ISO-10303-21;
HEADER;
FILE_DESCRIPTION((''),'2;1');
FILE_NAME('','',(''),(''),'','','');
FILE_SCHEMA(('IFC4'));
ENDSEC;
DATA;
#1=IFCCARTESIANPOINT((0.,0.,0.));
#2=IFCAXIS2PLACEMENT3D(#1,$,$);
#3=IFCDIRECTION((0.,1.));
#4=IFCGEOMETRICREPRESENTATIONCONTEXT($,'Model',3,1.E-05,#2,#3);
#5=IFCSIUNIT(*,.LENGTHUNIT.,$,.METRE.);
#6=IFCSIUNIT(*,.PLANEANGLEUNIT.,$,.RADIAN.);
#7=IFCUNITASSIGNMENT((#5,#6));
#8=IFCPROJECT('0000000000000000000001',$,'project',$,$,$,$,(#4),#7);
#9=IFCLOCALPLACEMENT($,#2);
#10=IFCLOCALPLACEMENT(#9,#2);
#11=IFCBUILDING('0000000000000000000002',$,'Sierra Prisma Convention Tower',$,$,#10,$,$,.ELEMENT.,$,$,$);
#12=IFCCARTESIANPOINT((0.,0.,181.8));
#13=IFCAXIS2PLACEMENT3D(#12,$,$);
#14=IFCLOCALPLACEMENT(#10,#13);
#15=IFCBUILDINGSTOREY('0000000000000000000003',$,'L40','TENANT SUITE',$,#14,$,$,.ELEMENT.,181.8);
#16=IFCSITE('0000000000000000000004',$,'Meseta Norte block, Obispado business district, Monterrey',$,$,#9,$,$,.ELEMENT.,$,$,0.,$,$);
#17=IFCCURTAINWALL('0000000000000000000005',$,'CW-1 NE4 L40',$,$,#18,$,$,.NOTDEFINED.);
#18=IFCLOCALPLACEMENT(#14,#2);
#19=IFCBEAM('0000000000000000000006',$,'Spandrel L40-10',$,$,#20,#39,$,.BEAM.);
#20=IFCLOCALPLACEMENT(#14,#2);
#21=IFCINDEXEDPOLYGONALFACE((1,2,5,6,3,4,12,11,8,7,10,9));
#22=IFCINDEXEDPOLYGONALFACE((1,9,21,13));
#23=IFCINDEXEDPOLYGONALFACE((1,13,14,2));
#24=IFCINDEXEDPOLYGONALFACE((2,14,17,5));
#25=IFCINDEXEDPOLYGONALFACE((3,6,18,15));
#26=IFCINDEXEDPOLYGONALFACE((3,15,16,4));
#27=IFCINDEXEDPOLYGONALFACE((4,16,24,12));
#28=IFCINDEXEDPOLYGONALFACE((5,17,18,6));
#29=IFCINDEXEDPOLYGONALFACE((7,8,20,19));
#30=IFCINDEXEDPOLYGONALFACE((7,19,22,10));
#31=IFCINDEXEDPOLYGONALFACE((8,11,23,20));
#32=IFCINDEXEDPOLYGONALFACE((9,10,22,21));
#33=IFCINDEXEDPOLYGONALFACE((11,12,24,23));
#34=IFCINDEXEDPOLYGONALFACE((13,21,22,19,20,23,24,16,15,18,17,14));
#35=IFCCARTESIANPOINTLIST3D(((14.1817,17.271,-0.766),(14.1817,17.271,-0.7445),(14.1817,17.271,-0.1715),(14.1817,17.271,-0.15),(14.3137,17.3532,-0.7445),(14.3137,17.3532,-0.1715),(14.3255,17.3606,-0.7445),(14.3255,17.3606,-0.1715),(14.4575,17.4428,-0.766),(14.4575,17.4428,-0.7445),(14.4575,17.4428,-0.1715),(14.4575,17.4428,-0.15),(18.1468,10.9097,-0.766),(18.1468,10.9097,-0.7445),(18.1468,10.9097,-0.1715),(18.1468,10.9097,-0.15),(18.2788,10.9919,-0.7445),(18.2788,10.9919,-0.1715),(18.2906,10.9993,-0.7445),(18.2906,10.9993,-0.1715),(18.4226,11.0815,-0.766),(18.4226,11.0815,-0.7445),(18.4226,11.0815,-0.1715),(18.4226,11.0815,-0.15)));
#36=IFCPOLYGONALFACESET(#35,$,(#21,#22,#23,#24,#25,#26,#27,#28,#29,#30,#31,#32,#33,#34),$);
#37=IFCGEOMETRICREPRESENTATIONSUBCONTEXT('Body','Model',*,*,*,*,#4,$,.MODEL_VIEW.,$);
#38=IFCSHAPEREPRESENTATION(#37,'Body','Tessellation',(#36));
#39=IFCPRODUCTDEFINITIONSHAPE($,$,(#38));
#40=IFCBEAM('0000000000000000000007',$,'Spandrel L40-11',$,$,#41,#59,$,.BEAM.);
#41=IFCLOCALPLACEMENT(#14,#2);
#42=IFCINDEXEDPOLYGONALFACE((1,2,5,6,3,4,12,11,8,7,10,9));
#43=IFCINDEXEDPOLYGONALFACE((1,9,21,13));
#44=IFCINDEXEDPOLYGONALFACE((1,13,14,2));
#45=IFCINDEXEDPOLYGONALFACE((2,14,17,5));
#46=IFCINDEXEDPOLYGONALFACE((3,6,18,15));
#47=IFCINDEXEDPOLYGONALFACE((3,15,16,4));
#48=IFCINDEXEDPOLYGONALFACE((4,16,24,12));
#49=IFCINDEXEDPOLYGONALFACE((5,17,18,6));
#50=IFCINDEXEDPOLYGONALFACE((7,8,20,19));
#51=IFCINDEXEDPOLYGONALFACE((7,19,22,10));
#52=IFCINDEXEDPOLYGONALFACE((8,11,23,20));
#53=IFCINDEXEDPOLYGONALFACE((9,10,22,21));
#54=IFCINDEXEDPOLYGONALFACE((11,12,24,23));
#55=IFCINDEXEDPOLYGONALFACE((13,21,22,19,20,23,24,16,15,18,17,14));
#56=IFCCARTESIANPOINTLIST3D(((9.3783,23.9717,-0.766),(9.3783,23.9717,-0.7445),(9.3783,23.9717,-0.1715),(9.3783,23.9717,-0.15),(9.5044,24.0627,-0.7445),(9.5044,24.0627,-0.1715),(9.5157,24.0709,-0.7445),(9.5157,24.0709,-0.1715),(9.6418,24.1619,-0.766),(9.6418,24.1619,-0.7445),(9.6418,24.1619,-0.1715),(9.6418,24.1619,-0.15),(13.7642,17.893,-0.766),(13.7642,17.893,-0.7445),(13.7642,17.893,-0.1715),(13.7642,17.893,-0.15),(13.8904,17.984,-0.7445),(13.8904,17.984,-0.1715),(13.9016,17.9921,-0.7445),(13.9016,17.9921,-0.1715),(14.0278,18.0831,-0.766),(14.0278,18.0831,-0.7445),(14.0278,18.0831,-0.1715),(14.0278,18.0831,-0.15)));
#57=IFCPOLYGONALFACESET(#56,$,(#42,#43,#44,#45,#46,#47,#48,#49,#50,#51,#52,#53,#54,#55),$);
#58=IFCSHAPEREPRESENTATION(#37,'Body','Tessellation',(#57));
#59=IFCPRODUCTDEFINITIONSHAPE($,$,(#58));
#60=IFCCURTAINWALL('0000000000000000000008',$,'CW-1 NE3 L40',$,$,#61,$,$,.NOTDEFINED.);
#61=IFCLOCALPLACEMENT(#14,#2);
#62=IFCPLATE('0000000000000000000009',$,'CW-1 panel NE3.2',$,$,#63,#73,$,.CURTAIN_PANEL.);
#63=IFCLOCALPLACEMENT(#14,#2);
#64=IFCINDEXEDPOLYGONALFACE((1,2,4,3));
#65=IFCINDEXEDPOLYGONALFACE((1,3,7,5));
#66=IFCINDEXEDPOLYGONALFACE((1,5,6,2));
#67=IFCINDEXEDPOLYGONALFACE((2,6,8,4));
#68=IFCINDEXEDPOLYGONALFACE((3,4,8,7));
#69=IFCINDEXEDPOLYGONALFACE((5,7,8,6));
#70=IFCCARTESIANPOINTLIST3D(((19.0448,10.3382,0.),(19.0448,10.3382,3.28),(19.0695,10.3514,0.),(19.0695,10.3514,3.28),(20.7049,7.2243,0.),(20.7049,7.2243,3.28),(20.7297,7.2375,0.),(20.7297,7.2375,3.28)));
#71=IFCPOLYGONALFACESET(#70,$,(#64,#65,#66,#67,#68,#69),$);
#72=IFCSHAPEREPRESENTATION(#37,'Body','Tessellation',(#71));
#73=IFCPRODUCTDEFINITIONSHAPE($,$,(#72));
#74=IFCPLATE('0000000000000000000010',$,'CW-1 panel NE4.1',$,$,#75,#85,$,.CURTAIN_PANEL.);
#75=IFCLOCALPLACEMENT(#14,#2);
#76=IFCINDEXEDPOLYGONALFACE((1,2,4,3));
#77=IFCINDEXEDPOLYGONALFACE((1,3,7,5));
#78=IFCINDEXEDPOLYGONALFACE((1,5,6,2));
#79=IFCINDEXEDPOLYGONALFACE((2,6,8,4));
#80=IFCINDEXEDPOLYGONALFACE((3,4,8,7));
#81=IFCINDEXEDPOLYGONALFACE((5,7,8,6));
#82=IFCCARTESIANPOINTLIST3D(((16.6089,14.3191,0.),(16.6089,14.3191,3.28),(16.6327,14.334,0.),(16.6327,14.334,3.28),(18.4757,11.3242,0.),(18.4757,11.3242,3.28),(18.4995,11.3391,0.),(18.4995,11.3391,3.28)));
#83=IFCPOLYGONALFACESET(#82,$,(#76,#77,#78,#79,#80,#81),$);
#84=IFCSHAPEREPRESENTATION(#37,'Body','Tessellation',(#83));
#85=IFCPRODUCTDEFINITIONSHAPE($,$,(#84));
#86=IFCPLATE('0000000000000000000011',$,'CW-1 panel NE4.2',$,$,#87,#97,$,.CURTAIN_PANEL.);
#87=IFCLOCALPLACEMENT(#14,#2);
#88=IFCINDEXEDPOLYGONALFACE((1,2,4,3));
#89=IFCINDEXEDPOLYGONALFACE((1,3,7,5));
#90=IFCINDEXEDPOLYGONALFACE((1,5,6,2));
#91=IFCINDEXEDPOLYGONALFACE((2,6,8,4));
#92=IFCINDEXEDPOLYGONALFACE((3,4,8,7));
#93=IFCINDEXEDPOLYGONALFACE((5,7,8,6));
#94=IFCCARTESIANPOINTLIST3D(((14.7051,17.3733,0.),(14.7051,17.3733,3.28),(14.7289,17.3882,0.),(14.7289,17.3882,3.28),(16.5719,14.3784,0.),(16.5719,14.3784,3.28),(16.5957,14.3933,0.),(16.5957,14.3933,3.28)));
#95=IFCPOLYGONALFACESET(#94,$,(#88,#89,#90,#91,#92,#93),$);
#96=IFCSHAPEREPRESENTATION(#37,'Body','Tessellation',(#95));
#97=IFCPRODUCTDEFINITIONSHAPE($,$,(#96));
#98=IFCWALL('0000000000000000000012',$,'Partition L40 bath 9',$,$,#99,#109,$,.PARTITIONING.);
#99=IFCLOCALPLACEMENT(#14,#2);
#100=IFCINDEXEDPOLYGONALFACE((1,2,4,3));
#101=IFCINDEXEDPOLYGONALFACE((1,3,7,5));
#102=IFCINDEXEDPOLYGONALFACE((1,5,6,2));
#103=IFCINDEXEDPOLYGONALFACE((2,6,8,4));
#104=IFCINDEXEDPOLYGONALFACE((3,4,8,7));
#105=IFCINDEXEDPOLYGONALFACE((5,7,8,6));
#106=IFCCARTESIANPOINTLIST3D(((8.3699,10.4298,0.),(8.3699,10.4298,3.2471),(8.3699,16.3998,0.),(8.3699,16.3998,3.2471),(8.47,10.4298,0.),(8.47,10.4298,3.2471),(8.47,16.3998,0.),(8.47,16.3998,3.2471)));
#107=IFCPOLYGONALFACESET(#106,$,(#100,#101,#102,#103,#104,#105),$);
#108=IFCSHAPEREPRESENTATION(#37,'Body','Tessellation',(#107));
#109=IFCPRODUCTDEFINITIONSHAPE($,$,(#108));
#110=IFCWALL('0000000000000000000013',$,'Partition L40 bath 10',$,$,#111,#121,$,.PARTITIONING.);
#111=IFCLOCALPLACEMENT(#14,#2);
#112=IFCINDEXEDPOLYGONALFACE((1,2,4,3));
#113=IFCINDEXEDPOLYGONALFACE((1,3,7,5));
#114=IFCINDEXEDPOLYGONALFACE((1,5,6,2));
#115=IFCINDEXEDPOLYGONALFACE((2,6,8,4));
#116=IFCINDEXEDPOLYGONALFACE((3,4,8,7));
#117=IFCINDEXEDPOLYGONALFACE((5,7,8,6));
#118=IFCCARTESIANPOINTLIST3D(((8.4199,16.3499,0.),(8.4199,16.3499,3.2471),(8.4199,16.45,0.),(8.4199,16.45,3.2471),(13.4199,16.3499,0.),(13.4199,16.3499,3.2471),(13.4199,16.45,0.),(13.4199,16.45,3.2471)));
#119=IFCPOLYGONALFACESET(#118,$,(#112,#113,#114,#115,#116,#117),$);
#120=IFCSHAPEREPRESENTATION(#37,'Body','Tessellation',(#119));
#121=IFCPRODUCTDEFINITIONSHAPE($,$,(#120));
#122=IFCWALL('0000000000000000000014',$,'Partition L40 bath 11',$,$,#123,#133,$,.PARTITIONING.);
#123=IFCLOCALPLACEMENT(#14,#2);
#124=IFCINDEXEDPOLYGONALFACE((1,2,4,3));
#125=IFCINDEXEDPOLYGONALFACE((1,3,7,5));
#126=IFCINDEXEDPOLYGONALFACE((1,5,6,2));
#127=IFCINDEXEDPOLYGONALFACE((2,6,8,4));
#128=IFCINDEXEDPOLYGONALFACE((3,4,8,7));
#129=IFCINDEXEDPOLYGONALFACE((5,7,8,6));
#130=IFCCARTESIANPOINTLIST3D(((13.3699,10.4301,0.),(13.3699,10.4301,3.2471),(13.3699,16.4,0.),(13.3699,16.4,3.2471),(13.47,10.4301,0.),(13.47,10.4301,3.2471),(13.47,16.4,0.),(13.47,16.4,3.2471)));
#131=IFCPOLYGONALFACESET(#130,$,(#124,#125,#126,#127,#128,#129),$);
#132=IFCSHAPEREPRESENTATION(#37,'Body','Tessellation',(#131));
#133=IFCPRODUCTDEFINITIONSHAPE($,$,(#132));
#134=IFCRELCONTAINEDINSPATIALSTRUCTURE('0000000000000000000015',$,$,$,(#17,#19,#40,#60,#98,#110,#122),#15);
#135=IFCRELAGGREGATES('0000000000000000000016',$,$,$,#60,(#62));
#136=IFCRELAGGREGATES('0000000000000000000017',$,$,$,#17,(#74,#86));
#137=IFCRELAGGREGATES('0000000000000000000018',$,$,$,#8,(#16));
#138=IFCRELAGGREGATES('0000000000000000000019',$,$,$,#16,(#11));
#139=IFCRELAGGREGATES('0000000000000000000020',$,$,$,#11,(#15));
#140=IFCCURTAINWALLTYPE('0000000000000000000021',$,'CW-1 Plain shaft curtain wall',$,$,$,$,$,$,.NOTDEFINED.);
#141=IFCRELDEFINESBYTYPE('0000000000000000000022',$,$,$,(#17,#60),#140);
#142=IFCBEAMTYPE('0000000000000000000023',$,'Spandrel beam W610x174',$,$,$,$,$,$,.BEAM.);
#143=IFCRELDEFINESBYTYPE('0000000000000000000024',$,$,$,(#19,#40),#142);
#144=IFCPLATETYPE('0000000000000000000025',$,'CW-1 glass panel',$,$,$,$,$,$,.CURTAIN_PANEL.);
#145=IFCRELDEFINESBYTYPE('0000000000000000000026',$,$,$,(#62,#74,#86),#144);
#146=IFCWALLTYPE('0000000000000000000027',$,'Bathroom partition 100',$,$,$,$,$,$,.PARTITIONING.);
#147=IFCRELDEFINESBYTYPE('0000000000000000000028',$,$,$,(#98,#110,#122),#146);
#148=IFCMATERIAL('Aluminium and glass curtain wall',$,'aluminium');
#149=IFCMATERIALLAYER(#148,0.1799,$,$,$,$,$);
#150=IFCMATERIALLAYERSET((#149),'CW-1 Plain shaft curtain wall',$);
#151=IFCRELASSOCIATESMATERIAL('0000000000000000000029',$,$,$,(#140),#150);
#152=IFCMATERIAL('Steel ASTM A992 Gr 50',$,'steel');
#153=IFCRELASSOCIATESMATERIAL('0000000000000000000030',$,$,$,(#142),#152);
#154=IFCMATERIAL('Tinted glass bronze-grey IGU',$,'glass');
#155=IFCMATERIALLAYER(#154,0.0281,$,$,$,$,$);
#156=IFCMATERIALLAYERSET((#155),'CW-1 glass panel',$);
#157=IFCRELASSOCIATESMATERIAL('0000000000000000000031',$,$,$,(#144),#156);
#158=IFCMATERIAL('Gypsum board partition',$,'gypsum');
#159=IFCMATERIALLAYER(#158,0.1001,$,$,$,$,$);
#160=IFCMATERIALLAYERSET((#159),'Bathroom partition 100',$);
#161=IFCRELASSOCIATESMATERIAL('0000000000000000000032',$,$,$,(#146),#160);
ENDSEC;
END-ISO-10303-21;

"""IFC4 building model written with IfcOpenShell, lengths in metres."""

from ifc_helpers import new_model, si_unit, direction, frame, frame_2d, origin, origin_2d, place, context, subcontext, project, spatial, rectangle, i_section, extrude, material, layer, layer_set, material_profile, profile_set, type_object, element, aggregate, save


model = new_model("IFC4")

# Units and contexts
model_context = context("Model", 3, precision=1e-05, world=origin(), true_north=direction((0.0, 1.0)))
body_context = subcontext(model_context, "Body", "Model", "MODEL_VIEW")
ifc_project = project(units=[si_unit("LENGTHUNIT", "METRE"), si_unit("PLANEANGLEUNIT", "RADIAN")], contexts=[model_context])

# Site, building, storey
site_placement = place(None, origin())
site = spatial("IfcSite", under=ifc_project, at=site_placement, Name="Meseta Norte block, Obispado business district, Monterrey", CompositionType="ELEMENT", RefElevation=0.0)
building_placement = place(site_placement, origin())
building = spatial("IfcBuilding", under=site, at=building_placement, Name="Sierra Prisma Convention Tower", CompositionType="ELEMENT")
storey_placement = place(building_placement, frame((0.0, 0.0, 181.8)))
storey = spatial("IfcBuildingStorey", under=building, at=storey_placement, Name="L40", Description="TENANT SUITE", CompositionType="ELEMENT", Elevation=181.8)

# Curtain wall
ifc_material_1 = material(Name="Aluminium and glass curtain wall", Category="aluminium")
ifc_layer_1 = layer(ifc_material_1, 0.1799)
ifc_layer_set_1 = layer_set([ifc_layer_1], Name="CW-1 Plain shaft curtain wall")
curtain_wall_type = type_object("IfcCurtainWallType", Name="CW-1 Plain shaft curtain wall", PredefinedType="NOTDEFINED", material=ifc_layer_set_1)
curtain_wall_1_placement = place(storey_placement, origin())
curtain_wall_1 = element("IfcCurtainWall", 1, at=curtain_wall_1_placement, inside=storey, type_object=curtain_wall_type, Name="CW-1 NE4 L40", PredefinedType="NOTDEFINED")

# Beams
ifc_material_2 = material(Name="Steel ASTM A992 Gr 50", Category="steel")
ifc_material_profile_1 = material_profile(ifc_material_2, i_section(OverallWidth=0.325, OverallDepth=0.616, WebThickness=0.0139, FlangeThickness=0.0215, at=origin_2d()), Name="W610x174")
ifc_profile_set_1 = profile_set([ifc_material_profile_1], Name="Steel ASTM A992 Gr 50")
beam_type_1 = type_object("IfcBeamType", Name="Spandrel beam W610x174", PredefinedType="BEAM", material=ifc_profile_set_1)
for number, where, z_axis, x_axis, name in (
    (2, (18.2847, 10.9956, -0.458), (-0.528968, 0.848642, 0.0), (-0.848642, -0.528968, 0.0), "Spandrel L40-10"),
    (3, (13.896, 17.988, -0.458), (-0.585114, 0.810951, 0.0), (-0.810951, -0.585114, 0.0), "Spandrel L40-11"),
):
    element("IfcBeam", number, at=place(storey_placement, frame(where, z_axis=z_axis, x_axis=x_axis)), inside=storey, type_object=beam_type_1, Name=name, PredefinedType="BEAM", context=body_context, shape_type="SweptSolid", body=[
        extrude(i_section(OverallWidth=0.325, OverallDepth=0.616, WebThickness=0.0139, FlangeThickness=0.0215, at=origin_2d()), origin(), (0.0, 0.0, 1.0), 7.4958),
    ])

# Curtain wall, plate
curtain_wall_2_placement = place(storey_placement, origin())
curtain_wall_2 = element("IfcCurtainWall", 4, at=curtain_wall_2_placement, inside=storey, type_object=curtain_wall_type, Name="CW-1 NE3 L40", PredefinedType="NOTDEFINED")
ifc_material_3 = material(Name="Tinted glass bronze-grey IGU", Category="glass")
ifc_layer_2 = layer(ifc_material_3, 0.0281)
ifc_layer_set_2 = layer_set([ifc_layer_2], Name="CW-1 glass panel")
plate_type = type_object("IfcPlateType", Name="CW-1 glass panel", PredefinedType="CURTAIN_PANEL", material=ifc_layer_set_2)
plate_1_placement = place(storey_placement, frame((19.8872, 8.7878, 0.0), z_axis=(0.0, 0.0, 1.0), x_axis=(-0.47045, 0.882427, 0.0)))
plate_1 = element("IfcPlate", 5, at=plate_1_placement, type_object=plate_type, Name="CW-1 panel NE3.2", PredefinedType="CURTAIN_PANEL", context=body_context, shape_type="SweptSolid", body=[
    extrude(rectangle(XDim=3.5288, YDim=0.0281, at=origin_2d()), origin(), (0.0, 0.0, 1.0), 3.28),
])
aggregate(curtain_wall_2, [plate_1])

# Plates
plate_2_placement = place(storey_placement, frame((17.5542, 12.8291, 0.0), z_axis=(0.0, 0.0, 1.0), x_axis=(-0.528979, 0.848635, 0.0)))
plate_2 = element("IfcPlate", 6, at=plate_2_placement, type_object=plate_type, Name="CW-1 panel NE4.1", PredefinedType="CURTAIN_PANEL", context=body_context, shape_type="SweptSolid", body=[
    extrude(rectangle(XDim=3.5291, YDim=0.0281, at=origin_2d()), origin(), (0.0, 0.0, 1.0), 3.28),
])
plate_3_placement = place(storey_placement, frame((15.6504, 15.8833, 0.0), z_axis=(0.0, 0.0, 1.0), x_axis=(-0.528979, 0.848635, 0.0)))
plate_3 = element("IfcPlate", 7, at=plate_3_placement, type_object=plate_type, Name="CW-1 panel NE4.2", PredefinedType="CURTAIN_PANEL", context=body_context, shape_type="SweptSolid", body=[
    extrude(rectangle(XDim=3.5291, YDim=0.0281, at=origin_2d()), origin(), (0.0, 0.0, 1.0), 3.28),
])
aggregate(curtain_wall_1, [plate_2, plate_3])

# Walls
ifc_material_4 = material(Name="Gypsum board partition", Category="gypsum")
ifc_layer_3 = layer(ifc_material_4, 0.1001)
ifc_layer_set_3 = layer_set([ifc_layer_3], Name="Bathroom partition 100")
wall_type_1 = type_object("IfcWallType", Name="Bathroom partition 100", PredefinedType="PARTITIONING", material=ifc_layer_set_3)
wall_1_placement = place(storey_placement, frame((8.4199, 10.4299, 0.0), z_axis=(0.0, 0.0, 1.0), x_axis=(0.0, 1.0, 0.0)))
element("IfcWall", 8, at=wall_1_placement, inside=storey, type_object=wall_type_1, Name="Partition L40 bath 9", PredefinedType="PARTITIONING", context=body_context, shape_type="SweptSolid", body=[
    extrude(rectangle(XDim=5.97, YDim=0.1001, at=frame_2d((2.9849, 0.0))), origin(), (0.0, 0.0, 1.0), 3.2471),
])
wall_2_placement = place(storey_placement, frame((8.4199, 16.3999, 0.0), z_axis=(0.0, 0.0, 1.0), x_axis=(1.0, 0.0, 0.0)))
element("IfcWall", 9, at=wall_2_placement, inside=storey, type_object=wall_type_1, Name="Partition L40 bath 10", PredefinedType="PARTITIONING", context=body_context, shape_type="SweptSolid", body=[
    extrude(rectangle(XDim=5.0, YDim=0.1001, at=frame_2d((2.5, 0.0))), origin(), (0.0, 0.0, 1.0), 3.2471),
])
wall_3_placement = place(storey_placement, frame((13.4199, 16.3999, 0.0), z_axis=(0.0, 0.0, 1.0), x_axis=(0.0, -1.0, 0.0)))
element("IfcWall", 10, at=wall_3_placement, inside=storey, type_object=wall_type_1, Name="Partition L40 bath 11", PredefinedType="PARTITIONING", context=body_context, shape_type="SweptSolid", body=[
    extrude(rectangle(XDim=5.97, YDim=0.1001, at=frame_2d((2.9849, 0.0))), origin(), (0.0, 0.0, 1.0), 3.2471),
])

save(model, "model.ifc")
